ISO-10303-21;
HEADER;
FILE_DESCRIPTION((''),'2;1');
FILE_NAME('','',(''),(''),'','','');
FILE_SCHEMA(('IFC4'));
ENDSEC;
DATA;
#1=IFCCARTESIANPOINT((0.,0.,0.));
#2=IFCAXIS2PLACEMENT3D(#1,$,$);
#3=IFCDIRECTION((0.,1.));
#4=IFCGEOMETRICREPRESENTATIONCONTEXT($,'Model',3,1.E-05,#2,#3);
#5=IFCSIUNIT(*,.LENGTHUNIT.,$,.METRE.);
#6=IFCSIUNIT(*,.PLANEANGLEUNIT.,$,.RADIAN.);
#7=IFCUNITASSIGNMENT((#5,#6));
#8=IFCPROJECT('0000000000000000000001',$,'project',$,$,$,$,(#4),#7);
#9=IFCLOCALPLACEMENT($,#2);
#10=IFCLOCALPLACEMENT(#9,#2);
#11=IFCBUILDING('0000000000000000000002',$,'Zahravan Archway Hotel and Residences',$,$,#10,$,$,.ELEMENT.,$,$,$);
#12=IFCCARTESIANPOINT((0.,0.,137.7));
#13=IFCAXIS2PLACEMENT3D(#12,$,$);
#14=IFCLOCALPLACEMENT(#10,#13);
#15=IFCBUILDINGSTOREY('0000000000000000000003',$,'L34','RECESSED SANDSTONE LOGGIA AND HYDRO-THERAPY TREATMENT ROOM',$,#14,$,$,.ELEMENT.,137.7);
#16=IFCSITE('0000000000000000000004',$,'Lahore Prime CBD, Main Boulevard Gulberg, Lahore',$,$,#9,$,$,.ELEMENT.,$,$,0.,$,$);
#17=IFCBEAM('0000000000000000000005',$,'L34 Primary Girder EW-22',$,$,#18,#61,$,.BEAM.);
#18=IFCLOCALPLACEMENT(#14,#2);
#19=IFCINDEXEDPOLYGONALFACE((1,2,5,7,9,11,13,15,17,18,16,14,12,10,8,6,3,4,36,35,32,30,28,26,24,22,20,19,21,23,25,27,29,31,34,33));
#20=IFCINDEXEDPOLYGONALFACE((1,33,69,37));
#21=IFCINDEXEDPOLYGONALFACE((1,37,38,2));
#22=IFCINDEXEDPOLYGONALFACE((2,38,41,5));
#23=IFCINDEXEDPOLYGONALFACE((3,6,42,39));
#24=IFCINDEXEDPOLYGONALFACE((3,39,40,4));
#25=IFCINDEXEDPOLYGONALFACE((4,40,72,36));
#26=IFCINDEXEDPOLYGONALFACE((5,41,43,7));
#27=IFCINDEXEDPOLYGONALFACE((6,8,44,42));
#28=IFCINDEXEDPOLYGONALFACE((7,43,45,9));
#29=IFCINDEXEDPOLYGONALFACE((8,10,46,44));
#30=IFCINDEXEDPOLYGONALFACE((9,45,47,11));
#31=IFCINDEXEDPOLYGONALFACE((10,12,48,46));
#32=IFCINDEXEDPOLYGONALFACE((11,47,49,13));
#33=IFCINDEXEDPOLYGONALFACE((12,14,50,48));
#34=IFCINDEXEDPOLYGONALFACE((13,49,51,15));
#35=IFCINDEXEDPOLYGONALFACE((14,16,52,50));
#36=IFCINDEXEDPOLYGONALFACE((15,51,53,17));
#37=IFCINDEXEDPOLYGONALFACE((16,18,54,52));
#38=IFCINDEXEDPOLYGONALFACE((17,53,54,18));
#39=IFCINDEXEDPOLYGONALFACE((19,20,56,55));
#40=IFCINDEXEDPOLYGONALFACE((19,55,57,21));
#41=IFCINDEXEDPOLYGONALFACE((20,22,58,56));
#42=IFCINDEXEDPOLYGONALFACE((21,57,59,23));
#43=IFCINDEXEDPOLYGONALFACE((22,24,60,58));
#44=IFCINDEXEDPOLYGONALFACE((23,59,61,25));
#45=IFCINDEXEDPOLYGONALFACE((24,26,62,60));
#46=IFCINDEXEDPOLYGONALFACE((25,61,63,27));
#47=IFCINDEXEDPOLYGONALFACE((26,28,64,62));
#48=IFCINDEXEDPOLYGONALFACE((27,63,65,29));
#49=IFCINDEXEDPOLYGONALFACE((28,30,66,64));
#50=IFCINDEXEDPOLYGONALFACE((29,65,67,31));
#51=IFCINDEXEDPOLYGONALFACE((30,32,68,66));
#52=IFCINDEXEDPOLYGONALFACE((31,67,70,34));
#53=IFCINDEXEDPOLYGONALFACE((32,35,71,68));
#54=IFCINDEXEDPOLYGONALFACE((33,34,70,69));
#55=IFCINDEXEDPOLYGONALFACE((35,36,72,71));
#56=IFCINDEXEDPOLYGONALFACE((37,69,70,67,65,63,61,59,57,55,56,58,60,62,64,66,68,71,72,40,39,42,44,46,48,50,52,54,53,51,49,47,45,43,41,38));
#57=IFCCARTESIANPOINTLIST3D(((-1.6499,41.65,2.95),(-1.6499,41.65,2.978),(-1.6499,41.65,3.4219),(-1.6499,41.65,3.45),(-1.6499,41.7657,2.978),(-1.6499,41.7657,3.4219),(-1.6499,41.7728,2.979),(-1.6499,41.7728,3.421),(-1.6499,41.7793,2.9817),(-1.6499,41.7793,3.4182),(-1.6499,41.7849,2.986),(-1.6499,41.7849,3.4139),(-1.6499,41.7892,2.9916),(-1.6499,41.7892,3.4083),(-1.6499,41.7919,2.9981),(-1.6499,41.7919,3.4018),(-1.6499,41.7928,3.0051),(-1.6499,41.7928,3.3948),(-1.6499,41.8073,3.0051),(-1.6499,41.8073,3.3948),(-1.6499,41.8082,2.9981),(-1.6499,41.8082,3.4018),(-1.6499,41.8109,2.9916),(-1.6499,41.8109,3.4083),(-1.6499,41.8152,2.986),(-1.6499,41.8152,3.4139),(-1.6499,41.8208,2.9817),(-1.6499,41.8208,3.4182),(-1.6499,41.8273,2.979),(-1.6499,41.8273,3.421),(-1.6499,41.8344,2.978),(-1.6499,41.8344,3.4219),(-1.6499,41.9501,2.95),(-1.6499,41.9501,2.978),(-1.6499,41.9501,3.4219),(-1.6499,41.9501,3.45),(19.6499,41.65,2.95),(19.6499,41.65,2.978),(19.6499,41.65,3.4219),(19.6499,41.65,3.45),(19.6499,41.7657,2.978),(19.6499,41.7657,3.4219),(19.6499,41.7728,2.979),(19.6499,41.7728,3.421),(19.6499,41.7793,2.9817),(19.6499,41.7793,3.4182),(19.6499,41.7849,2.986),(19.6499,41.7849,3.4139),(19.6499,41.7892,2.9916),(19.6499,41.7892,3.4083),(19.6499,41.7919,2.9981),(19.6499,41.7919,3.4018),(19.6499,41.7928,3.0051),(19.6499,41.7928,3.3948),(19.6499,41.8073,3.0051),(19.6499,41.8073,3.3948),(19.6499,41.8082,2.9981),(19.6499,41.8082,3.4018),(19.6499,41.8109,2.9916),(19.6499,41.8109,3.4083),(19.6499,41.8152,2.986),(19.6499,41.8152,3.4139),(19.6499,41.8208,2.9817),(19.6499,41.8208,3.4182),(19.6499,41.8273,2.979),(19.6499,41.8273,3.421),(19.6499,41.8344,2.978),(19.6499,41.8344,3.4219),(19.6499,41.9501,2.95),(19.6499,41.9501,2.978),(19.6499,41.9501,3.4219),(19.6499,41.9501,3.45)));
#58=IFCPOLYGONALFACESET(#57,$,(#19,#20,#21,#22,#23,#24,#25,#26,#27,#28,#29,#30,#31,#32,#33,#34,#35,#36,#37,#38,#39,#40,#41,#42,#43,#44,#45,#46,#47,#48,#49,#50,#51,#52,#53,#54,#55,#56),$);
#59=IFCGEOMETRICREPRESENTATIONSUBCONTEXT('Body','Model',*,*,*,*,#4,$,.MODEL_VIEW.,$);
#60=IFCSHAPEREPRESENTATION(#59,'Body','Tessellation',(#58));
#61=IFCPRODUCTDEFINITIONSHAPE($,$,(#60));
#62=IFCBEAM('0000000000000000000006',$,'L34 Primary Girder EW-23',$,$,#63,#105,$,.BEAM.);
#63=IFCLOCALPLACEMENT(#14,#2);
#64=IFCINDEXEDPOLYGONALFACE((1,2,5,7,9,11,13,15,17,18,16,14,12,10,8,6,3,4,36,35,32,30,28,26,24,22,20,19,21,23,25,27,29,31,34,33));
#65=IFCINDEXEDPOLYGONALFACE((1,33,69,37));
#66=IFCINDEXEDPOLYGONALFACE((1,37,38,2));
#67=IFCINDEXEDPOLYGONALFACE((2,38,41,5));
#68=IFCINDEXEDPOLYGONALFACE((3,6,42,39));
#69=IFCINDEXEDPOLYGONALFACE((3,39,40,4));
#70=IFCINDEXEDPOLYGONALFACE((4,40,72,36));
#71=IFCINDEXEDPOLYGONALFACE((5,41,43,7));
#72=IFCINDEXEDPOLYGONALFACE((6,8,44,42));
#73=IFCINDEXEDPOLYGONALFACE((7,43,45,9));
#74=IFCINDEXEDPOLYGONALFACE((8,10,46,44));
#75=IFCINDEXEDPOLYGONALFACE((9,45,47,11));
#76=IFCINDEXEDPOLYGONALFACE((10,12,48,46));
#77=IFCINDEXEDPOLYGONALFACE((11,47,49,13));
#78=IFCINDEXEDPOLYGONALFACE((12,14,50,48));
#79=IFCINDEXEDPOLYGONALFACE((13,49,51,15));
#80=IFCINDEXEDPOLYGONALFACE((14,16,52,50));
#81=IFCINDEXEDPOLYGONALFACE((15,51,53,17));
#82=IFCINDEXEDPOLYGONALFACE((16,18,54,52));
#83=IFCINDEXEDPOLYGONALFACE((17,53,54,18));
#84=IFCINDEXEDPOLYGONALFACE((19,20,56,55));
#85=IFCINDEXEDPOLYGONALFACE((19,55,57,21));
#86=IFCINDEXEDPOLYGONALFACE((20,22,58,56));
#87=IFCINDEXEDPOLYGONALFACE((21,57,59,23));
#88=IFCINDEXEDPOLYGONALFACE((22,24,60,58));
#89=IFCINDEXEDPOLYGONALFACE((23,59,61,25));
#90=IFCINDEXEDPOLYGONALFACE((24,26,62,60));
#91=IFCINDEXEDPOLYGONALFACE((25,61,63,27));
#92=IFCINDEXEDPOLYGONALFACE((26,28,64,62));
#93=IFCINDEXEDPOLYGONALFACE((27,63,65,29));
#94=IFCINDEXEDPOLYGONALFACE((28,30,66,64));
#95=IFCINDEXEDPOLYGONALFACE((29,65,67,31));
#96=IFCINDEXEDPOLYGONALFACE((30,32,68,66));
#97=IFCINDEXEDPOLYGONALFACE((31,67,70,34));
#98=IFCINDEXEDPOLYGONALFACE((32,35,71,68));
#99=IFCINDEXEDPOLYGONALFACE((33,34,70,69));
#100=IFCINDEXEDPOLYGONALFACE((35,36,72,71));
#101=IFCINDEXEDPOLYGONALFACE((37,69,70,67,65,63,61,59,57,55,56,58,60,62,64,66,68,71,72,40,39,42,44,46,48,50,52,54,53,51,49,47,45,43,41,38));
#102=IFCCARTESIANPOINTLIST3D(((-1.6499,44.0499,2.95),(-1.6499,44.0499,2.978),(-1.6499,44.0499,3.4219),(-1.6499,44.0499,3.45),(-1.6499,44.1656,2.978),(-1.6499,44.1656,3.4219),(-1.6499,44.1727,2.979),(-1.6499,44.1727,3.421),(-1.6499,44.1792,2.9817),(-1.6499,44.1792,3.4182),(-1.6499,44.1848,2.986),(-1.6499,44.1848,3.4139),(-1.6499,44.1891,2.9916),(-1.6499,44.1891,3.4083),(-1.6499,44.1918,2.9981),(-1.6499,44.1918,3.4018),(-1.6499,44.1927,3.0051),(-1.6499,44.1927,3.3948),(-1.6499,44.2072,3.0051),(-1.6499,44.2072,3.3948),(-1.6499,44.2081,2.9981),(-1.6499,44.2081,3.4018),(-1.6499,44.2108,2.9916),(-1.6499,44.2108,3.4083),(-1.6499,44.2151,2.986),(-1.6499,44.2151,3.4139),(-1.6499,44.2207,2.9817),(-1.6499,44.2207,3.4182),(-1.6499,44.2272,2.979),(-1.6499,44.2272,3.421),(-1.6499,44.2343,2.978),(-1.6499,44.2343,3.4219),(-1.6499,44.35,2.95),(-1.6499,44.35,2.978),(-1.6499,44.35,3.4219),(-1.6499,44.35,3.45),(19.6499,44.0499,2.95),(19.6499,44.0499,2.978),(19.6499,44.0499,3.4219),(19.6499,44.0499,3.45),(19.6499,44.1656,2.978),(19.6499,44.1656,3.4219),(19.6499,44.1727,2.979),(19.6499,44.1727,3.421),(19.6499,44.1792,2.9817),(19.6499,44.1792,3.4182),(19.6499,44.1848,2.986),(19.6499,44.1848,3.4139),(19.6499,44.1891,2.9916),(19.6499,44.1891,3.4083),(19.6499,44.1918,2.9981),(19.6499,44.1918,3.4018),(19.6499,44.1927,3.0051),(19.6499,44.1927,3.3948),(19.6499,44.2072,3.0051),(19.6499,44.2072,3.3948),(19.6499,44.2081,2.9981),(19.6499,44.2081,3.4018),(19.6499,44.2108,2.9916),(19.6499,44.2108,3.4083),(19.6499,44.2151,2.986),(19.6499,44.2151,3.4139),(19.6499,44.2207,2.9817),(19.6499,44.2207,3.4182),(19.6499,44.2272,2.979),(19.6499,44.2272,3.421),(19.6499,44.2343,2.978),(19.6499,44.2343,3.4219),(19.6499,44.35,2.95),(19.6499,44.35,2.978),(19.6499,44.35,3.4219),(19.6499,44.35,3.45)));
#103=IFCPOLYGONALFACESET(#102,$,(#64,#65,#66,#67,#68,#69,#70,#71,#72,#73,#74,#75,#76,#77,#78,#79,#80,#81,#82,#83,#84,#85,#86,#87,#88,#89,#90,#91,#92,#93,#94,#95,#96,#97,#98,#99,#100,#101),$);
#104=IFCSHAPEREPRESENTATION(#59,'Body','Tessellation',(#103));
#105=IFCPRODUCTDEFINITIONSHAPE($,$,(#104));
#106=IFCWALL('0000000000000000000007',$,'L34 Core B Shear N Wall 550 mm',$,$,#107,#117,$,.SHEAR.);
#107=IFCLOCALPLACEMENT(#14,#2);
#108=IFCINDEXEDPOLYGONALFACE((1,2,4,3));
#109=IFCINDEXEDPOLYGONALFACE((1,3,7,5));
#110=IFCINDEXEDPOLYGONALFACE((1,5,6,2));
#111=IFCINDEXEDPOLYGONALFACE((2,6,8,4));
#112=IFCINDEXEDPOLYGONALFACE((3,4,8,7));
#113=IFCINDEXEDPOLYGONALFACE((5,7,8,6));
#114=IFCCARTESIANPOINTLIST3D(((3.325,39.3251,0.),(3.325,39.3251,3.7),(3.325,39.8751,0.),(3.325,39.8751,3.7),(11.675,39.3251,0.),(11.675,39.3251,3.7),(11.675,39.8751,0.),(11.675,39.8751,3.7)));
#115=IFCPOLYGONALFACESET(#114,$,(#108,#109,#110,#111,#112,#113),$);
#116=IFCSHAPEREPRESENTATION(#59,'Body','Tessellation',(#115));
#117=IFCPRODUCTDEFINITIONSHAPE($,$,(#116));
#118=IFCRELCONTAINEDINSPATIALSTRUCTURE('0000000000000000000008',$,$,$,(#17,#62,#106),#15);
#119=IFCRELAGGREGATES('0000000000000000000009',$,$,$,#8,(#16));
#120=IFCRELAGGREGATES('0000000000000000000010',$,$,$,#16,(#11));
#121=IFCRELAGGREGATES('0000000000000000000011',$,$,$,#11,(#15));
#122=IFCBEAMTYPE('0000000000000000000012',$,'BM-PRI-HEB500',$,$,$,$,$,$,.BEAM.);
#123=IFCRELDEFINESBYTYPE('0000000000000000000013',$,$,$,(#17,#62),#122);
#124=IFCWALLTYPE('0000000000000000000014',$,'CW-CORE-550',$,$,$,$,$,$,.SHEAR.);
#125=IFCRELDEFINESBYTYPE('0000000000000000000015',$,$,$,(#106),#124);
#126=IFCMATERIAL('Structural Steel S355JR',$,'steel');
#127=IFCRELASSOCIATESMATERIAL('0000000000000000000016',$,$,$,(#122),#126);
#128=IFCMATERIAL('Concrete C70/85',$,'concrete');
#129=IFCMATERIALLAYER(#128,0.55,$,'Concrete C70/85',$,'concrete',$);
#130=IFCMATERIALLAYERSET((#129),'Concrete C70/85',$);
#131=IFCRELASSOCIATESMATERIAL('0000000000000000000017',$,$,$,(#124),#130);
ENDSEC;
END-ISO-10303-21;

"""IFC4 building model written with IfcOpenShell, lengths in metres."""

from ifc_helpers import new_model, si_unit, direction, frame, frame_2d, origin, origin_2d, place, context, subcontext, project, spatial, rectangle, i_section, extrude, source, transform, mapped, material, layer, layer_set, material_profile, profile_set, type_object, element, save


model = new_model("IFC4")

# Units and contexts
model_context = context("Model", 3, precision=1e-05, world=origin(), true_north=direction((0.0, 1.0)))
body_context = subcontext(model_context, "Body", "Model", "MODEL_VIEW")
ifc_project = project(units=[si_unit("LENGTHUNIT", "METRE"), si_unit("PLANEANGLEUNIT", "RADIAN")], contexts=[model_context])

# Site, building, storey
site_placement = place(None, origin())
site = spatial("IfcSite", under=ifc_project, at=site_placement, Name="Lahore Prime CBD, Main Boulevard Gulberg, Lahore", CompositionType="ELEMENT", RefElevation=0.0)
building_placement = place(site_placement, origin())
building = spatial("IfcBuilding", under=site, at=building_placement, Name="Zahravan Archway Hotel and Residences", CompositionType="ELEMENT")
storey_placement = place(building_placement, frame((0.0, 0.0, 137.7)))
storey = spatial("IfcBuildingStorey", under=building, at=storey_placement, Name="L34", Description="RECESSED SANDSTONE LOGGIA AND HYDRO-THERAPY TREATMENT ROOM", CompositionType="ELEMENT", Elevation=137.7)

# Beams
ifc_material_1 = material(Name="Structural Steel S355JR", Category="steel")
ifc_material_profile_1 = material_profile(ifc_material_1, i_section(OverallWidth=0.3, OverallDepth=0.5, WebThickness=0.0144, FlangeThickness=0.0281, FilletRadius=0.0271, at=origin_2d()), Name="HEB 500", Category="steel")
ifc_profile_set_1 = profile_set([ifc_material_profile_1], Name="Structural Steel S355JR")
beam_type_1 = type_object("IfcBeamType", Name="BM-PRI-HEB500", PredefinedType="BEAM", material=ifc_profile_set_1)
shared_shape_1 = source(origin(), body_context, "Body", "SweptSolid", [
    extrude(i_section(OverallWidth=0.3, OverallDepth=0.5, WebThickness=0.0144, FlangeThickness=0.0281, FilletRadius=0.0271, at=origin_2d()), origin(), (0.0, 0.0, 1.0), 21.2998),
])
for number, where, z_axis, x_axis, name in (
    (1, (-1.6499, 41.8, 3.2), (1.0, 0.0, 0.0), (0.0, 1.0, 0.0), "L34 Primary Girder EW-22"),
    (2, (-1.6499, 44.2, 3.2), (1.0, 0.0, 0.0), (0.0, 1.0, 0.0), "L34 Primary Girder EW-23"),
):
    element("IfcBeam", number, at=place(storey_placement, frame(where, z_axis=z_axis, x_axis=x_axis)), inside=storey, type_object=beam_type_1, Name=name, PredefinedType="BEAM", context=body_context, shape_type="MappedRepresentation", body=[
        mapped(shared_shape_1, transform((0.0, 0.0, 0.0), scale=1.0)),
    ])

# Wall
ifc_material_2 = material(Name="Concrete C70/85", Category="concrete")
ifc_layer_1 = layer(ifc_material_2, 0.55, Name="Concrete C70/85", Category="concrete")
ifc_layer_set_1 = layer_set([ifc_layer_1], Name="Concrete C70/85")
wall_type_1 = type_object("IfcWallType", Name="CW-CORE-550", PredefinedType="SHEAR", material=ifc_layer_set_1)
wall_1_placement = place(storey_placement, frame((3.325, 39.6001, 0.0), z_axis=(0.0, 0.0, 1.0), x_axis=(1.0, 0.0, 0.0)))
element("IfcWall", 3, at=wall_1_placement, inside=storey, type_object=wall_type_1, Name="L34 Core B Shear N Wall 550 mm", PredefinedType="SHEAR", context=body_context, shape_type="SweptSolid", body=[
    extrude(rectangle(XDim=8.3501, YDim=0.55, at=frame_2d((4.175, 0.0))), origin(), (0.0, 0.0, 1.0), 3.7),
])

save(model, "model.ifc")
